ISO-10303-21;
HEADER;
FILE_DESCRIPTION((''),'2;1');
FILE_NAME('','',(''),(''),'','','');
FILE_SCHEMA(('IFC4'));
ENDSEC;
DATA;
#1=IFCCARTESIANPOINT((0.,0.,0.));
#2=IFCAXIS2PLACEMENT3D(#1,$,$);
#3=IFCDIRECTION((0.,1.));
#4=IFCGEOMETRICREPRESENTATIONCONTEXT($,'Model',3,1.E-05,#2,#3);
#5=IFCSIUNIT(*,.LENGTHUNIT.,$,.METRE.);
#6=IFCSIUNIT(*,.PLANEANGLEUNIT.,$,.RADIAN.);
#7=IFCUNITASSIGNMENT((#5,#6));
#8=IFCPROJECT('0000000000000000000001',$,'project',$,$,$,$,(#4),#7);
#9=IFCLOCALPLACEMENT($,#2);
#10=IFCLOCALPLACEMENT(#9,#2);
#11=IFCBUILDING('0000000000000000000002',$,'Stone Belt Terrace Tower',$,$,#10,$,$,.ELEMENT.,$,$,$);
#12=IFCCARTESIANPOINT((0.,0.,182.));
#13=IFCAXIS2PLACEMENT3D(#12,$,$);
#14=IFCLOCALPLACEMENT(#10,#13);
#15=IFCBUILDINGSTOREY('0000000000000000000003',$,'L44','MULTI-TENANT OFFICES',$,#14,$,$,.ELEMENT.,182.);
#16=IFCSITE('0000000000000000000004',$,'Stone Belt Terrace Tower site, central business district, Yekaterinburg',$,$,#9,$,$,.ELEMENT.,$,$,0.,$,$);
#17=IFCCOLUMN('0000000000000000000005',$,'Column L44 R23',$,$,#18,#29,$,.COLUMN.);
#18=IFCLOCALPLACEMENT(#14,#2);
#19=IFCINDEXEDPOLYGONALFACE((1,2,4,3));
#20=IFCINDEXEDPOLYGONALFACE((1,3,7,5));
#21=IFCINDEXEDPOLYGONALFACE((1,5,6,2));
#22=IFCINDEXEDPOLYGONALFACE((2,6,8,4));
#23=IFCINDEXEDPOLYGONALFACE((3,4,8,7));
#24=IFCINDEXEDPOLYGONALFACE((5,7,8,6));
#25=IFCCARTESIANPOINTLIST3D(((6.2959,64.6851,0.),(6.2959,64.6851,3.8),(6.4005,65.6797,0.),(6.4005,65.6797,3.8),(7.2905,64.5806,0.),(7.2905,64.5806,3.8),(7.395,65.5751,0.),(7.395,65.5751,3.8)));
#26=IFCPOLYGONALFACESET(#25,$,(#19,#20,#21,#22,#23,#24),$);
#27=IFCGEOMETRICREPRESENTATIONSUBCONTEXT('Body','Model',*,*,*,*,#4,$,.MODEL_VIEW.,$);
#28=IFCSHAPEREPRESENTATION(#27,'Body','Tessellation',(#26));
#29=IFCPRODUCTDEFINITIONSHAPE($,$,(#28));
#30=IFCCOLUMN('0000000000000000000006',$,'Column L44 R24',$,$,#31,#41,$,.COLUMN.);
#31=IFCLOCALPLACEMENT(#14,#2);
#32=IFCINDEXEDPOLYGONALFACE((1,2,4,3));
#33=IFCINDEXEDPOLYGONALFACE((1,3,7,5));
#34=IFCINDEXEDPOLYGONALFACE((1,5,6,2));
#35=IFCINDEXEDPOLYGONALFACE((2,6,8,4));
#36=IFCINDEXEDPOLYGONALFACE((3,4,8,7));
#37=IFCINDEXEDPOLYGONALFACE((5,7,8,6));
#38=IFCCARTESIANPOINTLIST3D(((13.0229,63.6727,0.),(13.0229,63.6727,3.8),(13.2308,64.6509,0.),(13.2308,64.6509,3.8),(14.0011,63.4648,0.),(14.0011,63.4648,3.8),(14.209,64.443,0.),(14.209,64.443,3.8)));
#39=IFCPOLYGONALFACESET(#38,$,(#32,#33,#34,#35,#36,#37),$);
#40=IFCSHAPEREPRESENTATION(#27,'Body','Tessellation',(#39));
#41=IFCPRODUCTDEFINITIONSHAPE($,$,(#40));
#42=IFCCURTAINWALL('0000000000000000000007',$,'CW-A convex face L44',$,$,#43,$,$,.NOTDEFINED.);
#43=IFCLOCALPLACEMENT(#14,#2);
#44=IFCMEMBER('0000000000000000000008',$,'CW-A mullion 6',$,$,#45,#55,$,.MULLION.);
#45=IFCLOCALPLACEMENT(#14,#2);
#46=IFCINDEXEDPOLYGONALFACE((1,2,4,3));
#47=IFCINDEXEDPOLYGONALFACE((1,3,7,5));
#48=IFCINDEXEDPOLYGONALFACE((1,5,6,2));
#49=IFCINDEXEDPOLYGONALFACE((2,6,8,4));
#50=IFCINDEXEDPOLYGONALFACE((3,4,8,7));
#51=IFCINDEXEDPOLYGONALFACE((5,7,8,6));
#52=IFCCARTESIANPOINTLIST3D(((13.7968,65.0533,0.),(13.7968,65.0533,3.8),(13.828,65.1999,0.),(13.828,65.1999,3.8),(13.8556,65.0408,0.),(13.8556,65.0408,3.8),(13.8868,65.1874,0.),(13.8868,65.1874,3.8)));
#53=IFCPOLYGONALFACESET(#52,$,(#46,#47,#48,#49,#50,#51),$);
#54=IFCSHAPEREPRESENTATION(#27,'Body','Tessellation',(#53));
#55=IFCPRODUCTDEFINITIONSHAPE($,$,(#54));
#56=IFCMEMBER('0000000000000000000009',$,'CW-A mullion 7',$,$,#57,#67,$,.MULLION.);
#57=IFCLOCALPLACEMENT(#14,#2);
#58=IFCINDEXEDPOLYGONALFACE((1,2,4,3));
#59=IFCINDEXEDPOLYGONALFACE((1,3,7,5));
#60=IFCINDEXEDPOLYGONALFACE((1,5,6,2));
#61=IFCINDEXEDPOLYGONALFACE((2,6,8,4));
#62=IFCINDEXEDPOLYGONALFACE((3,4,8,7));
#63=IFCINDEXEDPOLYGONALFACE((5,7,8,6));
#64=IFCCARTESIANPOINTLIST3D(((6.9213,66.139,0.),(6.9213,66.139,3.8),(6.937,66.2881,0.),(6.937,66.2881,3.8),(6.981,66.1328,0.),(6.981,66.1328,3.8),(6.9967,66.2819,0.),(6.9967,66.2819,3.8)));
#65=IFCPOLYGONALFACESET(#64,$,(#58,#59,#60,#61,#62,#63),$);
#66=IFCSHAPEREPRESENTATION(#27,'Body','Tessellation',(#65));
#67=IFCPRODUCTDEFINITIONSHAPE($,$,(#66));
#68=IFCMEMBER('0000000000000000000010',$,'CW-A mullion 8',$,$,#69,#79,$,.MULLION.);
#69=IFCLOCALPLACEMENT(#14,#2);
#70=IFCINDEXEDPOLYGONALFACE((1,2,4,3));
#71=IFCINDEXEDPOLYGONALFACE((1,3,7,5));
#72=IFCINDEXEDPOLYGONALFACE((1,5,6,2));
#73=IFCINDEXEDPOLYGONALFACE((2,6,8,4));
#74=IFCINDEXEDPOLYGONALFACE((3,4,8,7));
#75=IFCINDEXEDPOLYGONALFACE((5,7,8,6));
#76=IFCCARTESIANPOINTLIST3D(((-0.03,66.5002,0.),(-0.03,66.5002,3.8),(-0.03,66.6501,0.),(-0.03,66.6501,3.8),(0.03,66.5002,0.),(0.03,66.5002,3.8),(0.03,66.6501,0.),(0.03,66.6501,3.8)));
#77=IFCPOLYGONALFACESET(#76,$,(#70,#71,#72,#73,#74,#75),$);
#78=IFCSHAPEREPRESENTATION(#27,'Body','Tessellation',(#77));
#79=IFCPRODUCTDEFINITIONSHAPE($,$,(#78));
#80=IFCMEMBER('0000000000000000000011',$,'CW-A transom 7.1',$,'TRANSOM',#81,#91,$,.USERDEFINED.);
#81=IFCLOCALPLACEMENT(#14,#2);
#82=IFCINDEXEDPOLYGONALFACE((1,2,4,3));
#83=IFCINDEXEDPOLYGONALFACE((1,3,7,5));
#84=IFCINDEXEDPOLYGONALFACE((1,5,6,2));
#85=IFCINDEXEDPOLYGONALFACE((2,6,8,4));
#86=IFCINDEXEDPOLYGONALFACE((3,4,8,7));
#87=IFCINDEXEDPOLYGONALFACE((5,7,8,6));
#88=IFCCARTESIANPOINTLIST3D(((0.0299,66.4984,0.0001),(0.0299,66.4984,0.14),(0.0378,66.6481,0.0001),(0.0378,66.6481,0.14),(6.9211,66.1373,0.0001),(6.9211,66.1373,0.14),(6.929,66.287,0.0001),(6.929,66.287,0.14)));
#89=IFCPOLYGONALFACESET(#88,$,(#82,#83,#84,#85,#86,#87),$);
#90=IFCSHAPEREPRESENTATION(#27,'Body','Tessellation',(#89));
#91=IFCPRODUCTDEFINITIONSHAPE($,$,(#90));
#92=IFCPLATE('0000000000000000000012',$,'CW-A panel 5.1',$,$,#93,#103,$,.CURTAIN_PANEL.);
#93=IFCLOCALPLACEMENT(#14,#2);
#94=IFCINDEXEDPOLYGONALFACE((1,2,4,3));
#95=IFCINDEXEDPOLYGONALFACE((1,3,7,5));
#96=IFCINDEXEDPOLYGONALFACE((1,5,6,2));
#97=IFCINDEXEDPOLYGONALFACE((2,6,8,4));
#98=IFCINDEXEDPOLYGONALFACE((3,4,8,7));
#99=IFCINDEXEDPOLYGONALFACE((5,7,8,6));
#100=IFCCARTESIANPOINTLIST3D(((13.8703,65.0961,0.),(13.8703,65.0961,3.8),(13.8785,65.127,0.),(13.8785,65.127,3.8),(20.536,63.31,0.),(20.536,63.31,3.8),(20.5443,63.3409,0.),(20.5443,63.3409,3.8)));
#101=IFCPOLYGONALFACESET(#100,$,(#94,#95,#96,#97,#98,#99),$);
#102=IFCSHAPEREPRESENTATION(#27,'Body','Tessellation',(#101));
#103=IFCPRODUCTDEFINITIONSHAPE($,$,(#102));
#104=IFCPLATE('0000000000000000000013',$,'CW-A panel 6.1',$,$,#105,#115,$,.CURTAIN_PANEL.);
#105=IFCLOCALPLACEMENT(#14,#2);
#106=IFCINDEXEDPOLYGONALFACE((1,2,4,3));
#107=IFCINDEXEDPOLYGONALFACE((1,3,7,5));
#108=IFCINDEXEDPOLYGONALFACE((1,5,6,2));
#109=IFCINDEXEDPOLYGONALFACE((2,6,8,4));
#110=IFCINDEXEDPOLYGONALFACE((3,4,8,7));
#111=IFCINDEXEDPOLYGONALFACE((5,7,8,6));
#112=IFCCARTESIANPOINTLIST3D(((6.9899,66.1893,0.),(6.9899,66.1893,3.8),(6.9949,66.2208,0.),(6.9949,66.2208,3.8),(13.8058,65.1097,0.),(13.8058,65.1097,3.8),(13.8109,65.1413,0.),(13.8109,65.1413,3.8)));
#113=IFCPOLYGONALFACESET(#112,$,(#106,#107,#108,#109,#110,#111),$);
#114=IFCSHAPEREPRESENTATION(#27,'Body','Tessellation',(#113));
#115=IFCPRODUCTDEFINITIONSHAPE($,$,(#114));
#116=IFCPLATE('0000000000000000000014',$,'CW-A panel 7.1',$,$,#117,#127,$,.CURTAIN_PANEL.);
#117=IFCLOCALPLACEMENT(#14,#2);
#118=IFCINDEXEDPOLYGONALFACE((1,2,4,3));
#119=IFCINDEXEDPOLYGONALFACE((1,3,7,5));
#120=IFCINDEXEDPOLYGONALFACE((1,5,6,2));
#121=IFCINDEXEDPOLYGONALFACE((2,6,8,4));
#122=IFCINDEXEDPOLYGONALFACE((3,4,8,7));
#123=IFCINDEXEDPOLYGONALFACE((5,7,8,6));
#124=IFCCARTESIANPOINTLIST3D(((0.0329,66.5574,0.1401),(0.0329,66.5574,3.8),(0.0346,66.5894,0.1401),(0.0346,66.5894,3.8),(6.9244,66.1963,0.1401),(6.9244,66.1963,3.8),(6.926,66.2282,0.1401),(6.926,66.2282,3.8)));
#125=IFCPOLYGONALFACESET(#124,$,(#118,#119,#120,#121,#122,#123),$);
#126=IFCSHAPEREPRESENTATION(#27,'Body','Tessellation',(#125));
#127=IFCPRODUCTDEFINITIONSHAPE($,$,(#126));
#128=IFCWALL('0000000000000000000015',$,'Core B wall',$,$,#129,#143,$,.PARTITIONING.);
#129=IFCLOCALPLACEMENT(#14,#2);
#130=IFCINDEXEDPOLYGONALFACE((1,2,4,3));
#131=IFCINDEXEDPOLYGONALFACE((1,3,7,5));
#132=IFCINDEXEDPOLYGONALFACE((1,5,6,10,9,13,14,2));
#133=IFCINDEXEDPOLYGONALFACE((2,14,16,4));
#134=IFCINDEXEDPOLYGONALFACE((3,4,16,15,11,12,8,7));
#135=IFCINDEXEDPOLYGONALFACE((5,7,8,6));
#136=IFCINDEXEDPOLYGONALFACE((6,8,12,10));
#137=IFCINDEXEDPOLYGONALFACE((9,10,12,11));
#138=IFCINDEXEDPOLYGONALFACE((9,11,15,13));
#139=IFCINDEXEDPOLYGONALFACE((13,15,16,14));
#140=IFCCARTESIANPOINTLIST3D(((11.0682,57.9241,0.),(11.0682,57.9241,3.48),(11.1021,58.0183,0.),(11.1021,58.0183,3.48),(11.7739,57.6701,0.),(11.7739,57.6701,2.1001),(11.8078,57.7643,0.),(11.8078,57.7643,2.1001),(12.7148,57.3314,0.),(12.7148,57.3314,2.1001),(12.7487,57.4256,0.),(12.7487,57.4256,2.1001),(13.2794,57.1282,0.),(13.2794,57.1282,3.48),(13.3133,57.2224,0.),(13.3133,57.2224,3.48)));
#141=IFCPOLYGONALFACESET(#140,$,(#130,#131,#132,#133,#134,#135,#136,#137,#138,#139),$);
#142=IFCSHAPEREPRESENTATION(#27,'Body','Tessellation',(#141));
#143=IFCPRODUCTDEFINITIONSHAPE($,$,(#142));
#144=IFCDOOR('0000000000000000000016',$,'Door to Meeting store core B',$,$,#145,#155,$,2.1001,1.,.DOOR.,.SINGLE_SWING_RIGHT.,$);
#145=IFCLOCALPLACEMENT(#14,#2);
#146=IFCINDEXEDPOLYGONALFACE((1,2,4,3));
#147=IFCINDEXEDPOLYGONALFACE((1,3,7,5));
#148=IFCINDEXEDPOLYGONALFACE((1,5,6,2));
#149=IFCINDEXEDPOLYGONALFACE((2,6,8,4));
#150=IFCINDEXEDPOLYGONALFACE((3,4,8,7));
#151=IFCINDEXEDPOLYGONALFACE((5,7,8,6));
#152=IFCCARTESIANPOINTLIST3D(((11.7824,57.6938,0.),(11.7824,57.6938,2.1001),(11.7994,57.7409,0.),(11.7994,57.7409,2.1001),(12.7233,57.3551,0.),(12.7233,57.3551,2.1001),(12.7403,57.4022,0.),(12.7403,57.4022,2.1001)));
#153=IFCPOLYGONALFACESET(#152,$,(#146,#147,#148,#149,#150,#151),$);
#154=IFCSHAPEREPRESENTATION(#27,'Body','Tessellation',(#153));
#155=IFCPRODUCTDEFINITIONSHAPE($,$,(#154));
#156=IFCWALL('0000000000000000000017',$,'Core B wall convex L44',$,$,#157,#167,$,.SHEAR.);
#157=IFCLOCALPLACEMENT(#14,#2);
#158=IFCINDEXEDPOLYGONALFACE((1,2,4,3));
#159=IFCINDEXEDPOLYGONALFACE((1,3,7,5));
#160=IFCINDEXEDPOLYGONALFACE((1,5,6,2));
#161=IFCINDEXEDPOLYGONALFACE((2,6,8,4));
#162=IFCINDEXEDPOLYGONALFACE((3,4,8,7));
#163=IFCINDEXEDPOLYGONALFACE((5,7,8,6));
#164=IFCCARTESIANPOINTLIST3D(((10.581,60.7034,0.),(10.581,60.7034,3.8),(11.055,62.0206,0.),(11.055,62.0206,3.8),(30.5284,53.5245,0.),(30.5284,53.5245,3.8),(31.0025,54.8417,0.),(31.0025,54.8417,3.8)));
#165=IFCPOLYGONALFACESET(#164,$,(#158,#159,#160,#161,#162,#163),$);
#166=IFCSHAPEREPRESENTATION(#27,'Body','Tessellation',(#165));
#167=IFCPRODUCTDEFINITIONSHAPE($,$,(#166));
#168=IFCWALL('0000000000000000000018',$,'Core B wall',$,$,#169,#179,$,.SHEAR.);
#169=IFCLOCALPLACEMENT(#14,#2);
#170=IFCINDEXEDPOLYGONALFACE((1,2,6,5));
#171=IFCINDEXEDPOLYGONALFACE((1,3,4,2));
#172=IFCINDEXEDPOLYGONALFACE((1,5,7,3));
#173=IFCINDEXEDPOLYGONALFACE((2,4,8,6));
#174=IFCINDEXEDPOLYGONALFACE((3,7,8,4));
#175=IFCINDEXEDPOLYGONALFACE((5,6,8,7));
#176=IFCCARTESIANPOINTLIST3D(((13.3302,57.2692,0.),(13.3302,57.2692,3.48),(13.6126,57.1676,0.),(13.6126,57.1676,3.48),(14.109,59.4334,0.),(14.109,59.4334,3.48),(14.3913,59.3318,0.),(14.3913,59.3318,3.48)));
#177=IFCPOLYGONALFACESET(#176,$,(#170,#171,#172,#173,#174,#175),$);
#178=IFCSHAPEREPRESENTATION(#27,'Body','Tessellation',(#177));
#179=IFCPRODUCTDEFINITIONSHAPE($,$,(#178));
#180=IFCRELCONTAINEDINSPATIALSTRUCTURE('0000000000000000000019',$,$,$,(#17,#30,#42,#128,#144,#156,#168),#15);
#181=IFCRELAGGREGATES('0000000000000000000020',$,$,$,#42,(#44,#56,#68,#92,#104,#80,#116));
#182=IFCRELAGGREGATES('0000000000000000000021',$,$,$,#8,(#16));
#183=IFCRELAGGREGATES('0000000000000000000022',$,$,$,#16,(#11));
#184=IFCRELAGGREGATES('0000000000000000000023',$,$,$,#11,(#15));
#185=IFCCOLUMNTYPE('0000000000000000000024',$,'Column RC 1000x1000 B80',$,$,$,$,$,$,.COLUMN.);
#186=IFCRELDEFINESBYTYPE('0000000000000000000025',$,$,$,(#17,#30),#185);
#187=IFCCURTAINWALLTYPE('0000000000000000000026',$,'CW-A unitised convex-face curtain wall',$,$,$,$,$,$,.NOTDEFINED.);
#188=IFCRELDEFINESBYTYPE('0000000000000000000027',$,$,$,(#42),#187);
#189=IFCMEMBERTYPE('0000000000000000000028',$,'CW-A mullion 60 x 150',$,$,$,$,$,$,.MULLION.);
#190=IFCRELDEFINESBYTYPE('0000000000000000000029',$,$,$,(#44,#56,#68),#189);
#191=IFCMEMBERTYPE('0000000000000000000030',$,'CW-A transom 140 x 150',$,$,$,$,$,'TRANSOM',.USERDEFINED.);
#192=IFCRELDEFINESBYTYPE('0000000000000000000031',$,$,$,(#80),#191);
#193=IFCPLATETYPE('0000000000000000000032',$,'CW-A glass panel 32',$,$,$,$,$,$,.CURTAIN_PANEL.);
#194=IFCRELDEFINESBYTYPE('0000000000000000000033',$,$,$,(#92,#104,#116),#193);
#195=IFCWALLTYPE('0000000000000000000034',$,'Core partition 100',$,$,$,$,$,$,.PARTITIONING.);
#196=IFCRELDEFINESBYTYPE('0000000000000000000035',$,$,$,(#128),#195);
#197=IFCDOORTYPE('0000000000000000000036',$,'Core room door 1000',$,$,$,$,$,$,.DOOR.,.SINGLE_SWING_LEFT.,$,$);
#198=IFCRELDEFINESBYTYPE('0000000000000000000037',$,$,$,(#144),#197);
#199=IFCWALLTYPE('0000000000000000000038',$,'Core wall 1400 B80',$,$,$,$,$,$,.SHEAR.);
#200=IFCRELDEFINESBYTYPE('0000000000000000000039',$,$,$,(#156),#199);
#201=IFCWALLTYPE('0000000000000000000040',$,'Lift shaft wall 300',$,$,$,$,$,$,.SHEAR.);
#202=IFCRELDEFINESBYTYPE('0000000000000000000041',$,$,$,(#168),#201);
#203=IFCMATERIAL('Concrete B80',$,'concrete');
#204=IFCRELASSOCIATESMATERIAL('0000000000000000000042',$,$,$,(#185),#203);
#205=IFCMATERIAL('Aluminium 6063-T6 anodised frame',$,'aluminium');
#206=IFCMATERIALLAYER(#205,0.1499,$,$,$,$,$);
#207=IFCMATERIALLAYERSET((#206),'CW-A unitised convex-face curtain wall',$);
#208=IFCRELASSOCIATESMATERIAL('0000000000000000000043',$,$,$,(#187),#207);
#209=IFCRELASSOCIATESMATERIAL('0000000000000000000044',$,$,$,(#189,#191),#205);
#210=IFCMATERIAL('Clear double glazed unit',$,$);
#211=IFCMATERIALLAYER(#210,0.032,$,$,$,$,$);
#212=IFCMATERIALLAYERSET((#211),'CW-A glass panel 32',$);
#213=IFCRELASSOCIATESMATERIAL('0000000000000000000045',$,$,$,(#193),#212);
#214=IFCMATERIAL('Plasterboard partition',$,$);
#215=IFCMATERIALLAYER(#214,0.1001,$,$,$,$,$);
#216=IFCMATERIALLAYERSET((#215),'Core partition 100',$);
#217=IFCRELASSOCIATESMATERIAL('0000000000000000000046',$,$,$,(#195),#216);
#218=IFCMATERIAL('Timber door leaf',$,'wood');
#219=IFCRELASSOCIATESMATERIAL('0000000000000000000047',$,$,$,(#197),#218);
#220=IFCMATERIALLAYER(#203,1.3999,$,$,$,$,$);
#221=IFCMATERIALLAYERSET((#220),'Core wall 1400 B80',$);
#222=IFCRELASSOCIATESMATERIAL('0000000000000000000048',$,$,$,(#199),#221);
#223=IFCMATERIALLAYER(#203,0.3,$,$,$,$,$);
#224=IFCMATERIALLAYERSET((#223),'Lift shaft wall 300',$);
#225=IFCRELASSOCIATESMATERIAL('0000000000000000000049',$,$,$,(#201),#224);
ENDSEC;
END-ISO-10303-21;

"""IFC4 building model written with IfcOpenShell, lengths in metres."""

from ifc_helpers import new_model, si_unit, direction, frame, frame_2d, origin, origin_2d, place, context, subcontext, project, spatial, rectangle, extrude, material, layer, layer_set, material_profile, profile_set, type_object, element, fill, aggregate, save


model = new_model("IFC4")

# Units and contexts
model_context = context("Model", 3, precision=1e-05, world=origin(), true_north=direction((0.0, 1.0)))
body_context = subcontext(model_context, "Body", "Model", "MODEL_VIEW")
ifc_project = project(units=[si_unit("LENGTHUNIT", "METRE"), si_unit("PLANEANGLEUNIT", "RADIAN")], contexts=[model_context])

# Site, building, storey
site_placement = place(None, origin())
site = spatial("IfcSite", under=ifc_project, at=site_placement, Name="Stone Belt Terrace Tower site, central business district, Yekaterinburg", CompositionType="ELEMENT", RefElevation=0.0)
building_placement = place(site_placement, origin())
building = spatial("IfcBuilding", under=site, at=building_placement, Name="Stone Belt Terrace Tower", CompositionType="ELEMENT")
storey_placement = place(building_placement, frame((0.0, 0.0, 182.0)))
storey = spatial("IfcBuildingStorey", under=building, at=storey_placement, Name="L44", Description="MULTI-TENANT OFFICES", CompositionType="ELEMENT", Elevation=182.0)

# Columns
ifc_material_1 = material(Name="Concrete B80", Category="concrete")
ifc_material_profile_1 = material_profile(ifc_material_1, rectangle(XDim=1.0, YDim=1.0, at=origin_2d()), Name="RC 1000x1000")
ifc_profile_set_1 = profile_set([ifc_material_profile_1], Name="Concrete B80")
column_type = type_object("IfcColumnType", Name="Column RC 1000x1000 B80", PredefinedType="COLUMN", material=ifc_profile_set_1)
for number, where, z_axis, x_axis, name in (
    (1, (6.8455, 65.1301, 0.0), (0.0, 0.0, 1.0), (0.994522, -0.104528, 0.0), "Column L44 R23"),
    (2, (13.616, 64.0579, 0.0), (0.0, 0.0, 1.0), (0.978148, -0.207912, 0.0), "Column L44 R24"),
):
    element("IfcColumn", number, at=place(storey_placement, frame(where, z_axis=z_axis, x_axis=x_axis)), inside=storey, type_object=column_type, Name=name, PredefinedType="COLUMN", context=body_context, shape_type="SweptSolid", body=[
        extrude(rectangle(XDim=1.0, YDim=1.0, at=origin_2d()), origin(), (0.0, 0.0, 1.0), 3.8),
    ])

# Curtain wall, members, plates
ifc_material_2 = material(Name="Aluminium 6063-T6 anodised frame", Category="aluminium")
ifc_layer_1 = layer(ifc_material_2, 0.1499)
ifc_layer_set_1 = layer_set([ifc_layer_1], Name="CW-A unitised convex-face curtain wall")
curtain_wall_type = type_object("IfcCurtainWallType", Name="CW-A unitised convex-face curtain wall", PredefinedType="NOTDEFINED", material=ifc_layer_set_1)
curtain_wall_placement = place(storey_placement, origin())
curtain_wall = element("IfcCurtainWall", 3, at=curtain_wall_placement, inside=storey, type_object=curtain_wall_type, Name="CW-A convex face L44", PredefinedType="NOTDEFINED")
ifc_material_profile_2 = material_profile(ifc_material_2, rectangle(XDim=0.1499, YDim=0.0601, at=origin_2d()), Name="Aluminium 6063-T6 60x150")
ifc_profile_set_2 = profile_set([ifc_material_profile_2], Name="Aluminium 6063-T6 anodised frame")
member_type_1 = type_object("IfcMemberType", Name="CW-A mullion 60 x 150", PredefinedType="MULLION", material=ifc_profile_set_2)
member_1_placement = place(storey_placement, frame((13.8418, 65.1204, 0.0), z_axis=(0.0, 0.0, 1.0), x_axis=(-0.207912, -0.978148, 0.0)))
member_1 = element("IfcMember", 4, at=member_1_placement, type_object=member_type_1, Name="CW-A mullion 6", PredefinedType="MULLION", context=body_context, shape_type="SweptSolid", body=[
    extrude(rectangle(XDim=0.1499, YDim=0.0601, at=origin_2d()), origin(), (0.0, 0.0, 1.0), 3.8),
])
member_2_placement = place(storey_placement, frame((6.959, 66.2104, 0.0), z_axis=(0.0, 0.0, 1.0), x_axis=(-0.104528, -0.994522, 0.0)))
member_2 = element("IfcMember", 5, at=member_2_placement, type_object=member_type_1, Name="CW-A mullion 7", PredefinedType="MULLION", context=body_context, shape_type="SweptSolid", body=[
    extrude(rectangle(XDim=0.1499, YDim=0.0601, at=origin_2d()), origin(), (0.0, 0.0, 1.0), 3.8),
])
member_3_placement = place(storey_placement, frame((0.0, 66.5752, 0.0), z_axis=(0.0, 0.0, 1.0), x_axis=(0.0, -1.0, 0.0)))
member_3 = element("IfcMember", 6, at=member_3_placement, type_object=member_type_1, Name="CW-A mullion 8", PredefinedType="MULLION", context=body_context, shape_type="SweptSolid", body=[
    extrude(rectangle(XDim=0.1499, YDim=0.0601, at=origin_2d()), origin(), (0.0, 0.0, 1.0), 3.8),
])
ifc_material_profile_3 = material_profile(ifc_material_2, rectangle(XDim=0.1499, YDim=0.1399, at=origin_2d()), Name="Aluminium 6063-T6 150x140")
ifc_profile_set_3 = profile_set([ifc_material_profile_3], Name="Aluminium 6063-T6 anodised frame")
member_type_2 = type_object("IfcMemberType", Name="CW-A transom 140 x 150", ElementType="TRANSOM", PredefinedType="USERDEFINED", material=ifc_profile_set_3)
member_4_placement = place(storey_placement, frame((6.925, 66.2122, 0.0701), z_axis=(-0.99863, 0.052327, 0.0), x_axis=(-0.052327, -0.99863, 0.0)))
member_4 = element("IfcMember", 7, at=member_4_placement, type_object=member_type_2, Name="CW-A transom 7.1", ObjectType="TRANSOM", PredefinedType="USERDEFINED", context=body_context, shape_type="SweptSolid", body=[
    extrude(rectangle(XDim=0.1499, YDim=0.1399, at=origin_2d()), origin(), (0.0, 0.0, 1.0), 6.9006),
])
ifc_material_3 = material(Name="Clear double glazed unit")
ifc_layer_2 = layer(ifc_material_3, 0.032)
ifc_layer_set_2 = layer_set([ifc_layer_2], Name="CW-A glass panel 32")
plate_type = type_object("IfcPlateType", Name="CW-A glass panel 32", PredefinedType="CURTAIN_PANEL", material=ifc_layer_set_2)
plate_1_placement = place(storey_placement, frame((17.2073, 64.2185, 0.0), z_axis=(0.0, 0.0, 1.0), x_axis=(-0.965926, 0.258819, 0.0)))
plate_1 = element("IfcPlate", 8, at=plate_1_placement, type_object=plate_type, Name="CW-A panel 5.1", PredefinedType="CURTAIN_PANEL", context=body_context, shape_type="SweptSolid", body=[
    extrude(rectangle(XDim=6.9009, YDim=0.032, at=origin_2d()), origin(), (0.0, 0.0, 1.0), 3.8),
])
plate_2_placement = place(storey_placement, frame((10.4004, 65.6653, 0.0), z_axis=(0.0, 0.0, 1.0), x_axis=(-0.987688, 0.156434, 0.0)))
plate_2 = element("IfcPlate", 9, at=plate_2_placement, type_object=plate_type, Name="CW-A panel 6.1", PredefinedType="CURTAIN_PANEL", context=body_context, shape_type="SweptSolid", body=[
    extrude(rectangle(XDim=6.9009, YDim=0.032, at=origin_2d()), origin(), (0.0, 0.0, 1.0), 3.8),
])
plate_3_placement = place(storey_placement, frame((3.4795, 66.3928, 0.1401), z_axis=(0.0, 0.0, 1.0), x_axis=(-0.99863, 0.052336, 0.0)))
plate_3 = element("IfcPlate", 10, at=plate_3_placement, type_object=plate_type, Name="CW-A panel 7.1", PredefinedType="CURTAIN_PANEL", context=body_context, shape_type="SweptSolid", body=[
    extrude(rectangle(XDim=6.9009, YDim=0.032, at=origin_2d()), origin(), (0.0, 0.0, 1.0), 3.6599),
])
aggregate(curtain_wall, [member_1, member_2, member_3, plate_1, plate_2, member_4, plate_3])

# Wall, opening, door
ifc_material_4 = material(Name="Plasterboard partition")
ifc_layer_3 = layer(ifc_material_4, 0.1001)
ifc_layer_set_3 = layer_set([ifc_layer_3], Name="Core partition 100")
wall_type_1 = type_object("IfcWallType", Name="Core partition 100", PredefinedType="PARTITIONING", material=ifc_layer_set_3)
wall_1_placement = place(storey_placement, frame((13.2964, 57.1753, 0.0), z_axis=(0.0, 0.0, 1.0), x_axis=(-0.940905, 0.338672, 0.0)))
wall_1 = element("IfcWall", 11, at=wall_1_placement, inside=storey, type_object=wall_type_1, Name="Core B wall", PredefinedType="PARTITIONING", context=body_context, shape_type="SweptSolid", body=[
    extrude(rectangle(XDim=2.3501, YDim=0.1001, at=frame_2d((1.175, 0.0))), origin(), (0.0, 0.0, 1.0), 3.48),
])
opening_1_placement = place(wall_1_placement, frame((0.6001, 0.0, 0.0)))
opening_1 = element("IfcOpeningElement", 12, at=opening_1_placement, cuts=wall_1, PredefinedType="OPENING", context=body_context, shape_type="SweptSolid", body=[
    extrude(rectangle(XDim=1.0, YDim=2.1001, at=frame_2d((0.5, 1.05))), frame((0.0, 0.0601, 0.0), z_axis=(0.0, -1.0, 0.0), x_axis=(1.0, 0.0, 0.0)), (0.0, 0.0, 1.0), 0.1201),
])
ifc_material_5 = material(Name="Timber door leaf", Category="wood")
door_type_1 = type_object("IfcDoorType", Name="Core room door 1000", OperationType="SINGLE_SWING_LEFT", PredefinedType="DOOR", material=ifc_material_5)
door_1_placement = place(opening_1_placement, origin())
door_1 = element("IfcDoor", 13, at=door_1_placement, inside=storey, type_object=door_type_1, Name="Door to Meeting store core B", OperationType="SINGLE_SWING_RIGHT", OverallHeight=2.1001, OverallWidth=1.0, PredefinedType="DOOR", context=body_context, shape_type="SweptSolid", body=[
    extrude(rectangle(XDim=1.0, YDim=2.1001, at=frame_2d((0.5, 1.05))), frame((0.0, 0.0249, 0.0), z_axis=(0.0, -1.0, 0.0), x_axis=(1.0, 0.0, 0.0)), (0.0, 0.0, 1.0), 0.05),
])
fill(opening_1, door_1)

# Walls
ifc_layer_4 = layer(ifc_material_1, 1.3999)
ifc_layer_set_4 = layer_set([ifc_layer_4], Name="Core wall 1400 B80")
wall_type_2 = type_object("IfcWallType", Name="Core wall 1400 B80", PredefinedType="SHEAR", material=ifc_layer_set_4)
wall_2_placement = place(storey_placement, frame((10.8179, 61.3621, 0.0), z_axis=(0.0, 0.0, 1.0), x_axis=(0.94092, -0.33863, 0.0)))
element("IfcWall", 14, at=wall_2_placement, inside=storey, type_object=wall_type_2, Name="Core B wall convex L44", PredefinedType="SHEAR", context=body_context, shape_type="SweptSolid", body=[
    extrude(rectangle(XDim=21.2, YDim=1.3999, at=frame_2d((10.6001, 0.0))), origin(), (0.0, 0.0, 1.0), 3.8),
])
ifc_layer_5 = layer(ifc_material_1, 0.3)
ifc_layer_set_5 = layer_set([ifc_layer_5], Name="Lift shaft wall 300")
wall_type_3 = type_object("IfcWallType", Name="Lift shaft wall 300", PredefinedType="SHEAR", material=ifc_layer_set_5)
wall_3_placement = place(storey_placement, frame((13.4714, 57.2185, 0.0), z_axis=(0.0, 0.0, 1.0), x_axis=(0.338588, 0.940935, 0.0)))
element("IfcWall", 15, at=wall_3_placement, inside=storey, type_object=wall_type_3, Name="Core B wall", PredefinedType="SHEAR", context=body_context, shape_type="SweptSolid", body=[
    extrude(rectangle(XDim=2.3, YDim=0.3, at=frame_2d((1.1499, 0.0))), origin(), (0.0, 0.0, 1.0), 3.48),
])

save(model, "model.ifc")
